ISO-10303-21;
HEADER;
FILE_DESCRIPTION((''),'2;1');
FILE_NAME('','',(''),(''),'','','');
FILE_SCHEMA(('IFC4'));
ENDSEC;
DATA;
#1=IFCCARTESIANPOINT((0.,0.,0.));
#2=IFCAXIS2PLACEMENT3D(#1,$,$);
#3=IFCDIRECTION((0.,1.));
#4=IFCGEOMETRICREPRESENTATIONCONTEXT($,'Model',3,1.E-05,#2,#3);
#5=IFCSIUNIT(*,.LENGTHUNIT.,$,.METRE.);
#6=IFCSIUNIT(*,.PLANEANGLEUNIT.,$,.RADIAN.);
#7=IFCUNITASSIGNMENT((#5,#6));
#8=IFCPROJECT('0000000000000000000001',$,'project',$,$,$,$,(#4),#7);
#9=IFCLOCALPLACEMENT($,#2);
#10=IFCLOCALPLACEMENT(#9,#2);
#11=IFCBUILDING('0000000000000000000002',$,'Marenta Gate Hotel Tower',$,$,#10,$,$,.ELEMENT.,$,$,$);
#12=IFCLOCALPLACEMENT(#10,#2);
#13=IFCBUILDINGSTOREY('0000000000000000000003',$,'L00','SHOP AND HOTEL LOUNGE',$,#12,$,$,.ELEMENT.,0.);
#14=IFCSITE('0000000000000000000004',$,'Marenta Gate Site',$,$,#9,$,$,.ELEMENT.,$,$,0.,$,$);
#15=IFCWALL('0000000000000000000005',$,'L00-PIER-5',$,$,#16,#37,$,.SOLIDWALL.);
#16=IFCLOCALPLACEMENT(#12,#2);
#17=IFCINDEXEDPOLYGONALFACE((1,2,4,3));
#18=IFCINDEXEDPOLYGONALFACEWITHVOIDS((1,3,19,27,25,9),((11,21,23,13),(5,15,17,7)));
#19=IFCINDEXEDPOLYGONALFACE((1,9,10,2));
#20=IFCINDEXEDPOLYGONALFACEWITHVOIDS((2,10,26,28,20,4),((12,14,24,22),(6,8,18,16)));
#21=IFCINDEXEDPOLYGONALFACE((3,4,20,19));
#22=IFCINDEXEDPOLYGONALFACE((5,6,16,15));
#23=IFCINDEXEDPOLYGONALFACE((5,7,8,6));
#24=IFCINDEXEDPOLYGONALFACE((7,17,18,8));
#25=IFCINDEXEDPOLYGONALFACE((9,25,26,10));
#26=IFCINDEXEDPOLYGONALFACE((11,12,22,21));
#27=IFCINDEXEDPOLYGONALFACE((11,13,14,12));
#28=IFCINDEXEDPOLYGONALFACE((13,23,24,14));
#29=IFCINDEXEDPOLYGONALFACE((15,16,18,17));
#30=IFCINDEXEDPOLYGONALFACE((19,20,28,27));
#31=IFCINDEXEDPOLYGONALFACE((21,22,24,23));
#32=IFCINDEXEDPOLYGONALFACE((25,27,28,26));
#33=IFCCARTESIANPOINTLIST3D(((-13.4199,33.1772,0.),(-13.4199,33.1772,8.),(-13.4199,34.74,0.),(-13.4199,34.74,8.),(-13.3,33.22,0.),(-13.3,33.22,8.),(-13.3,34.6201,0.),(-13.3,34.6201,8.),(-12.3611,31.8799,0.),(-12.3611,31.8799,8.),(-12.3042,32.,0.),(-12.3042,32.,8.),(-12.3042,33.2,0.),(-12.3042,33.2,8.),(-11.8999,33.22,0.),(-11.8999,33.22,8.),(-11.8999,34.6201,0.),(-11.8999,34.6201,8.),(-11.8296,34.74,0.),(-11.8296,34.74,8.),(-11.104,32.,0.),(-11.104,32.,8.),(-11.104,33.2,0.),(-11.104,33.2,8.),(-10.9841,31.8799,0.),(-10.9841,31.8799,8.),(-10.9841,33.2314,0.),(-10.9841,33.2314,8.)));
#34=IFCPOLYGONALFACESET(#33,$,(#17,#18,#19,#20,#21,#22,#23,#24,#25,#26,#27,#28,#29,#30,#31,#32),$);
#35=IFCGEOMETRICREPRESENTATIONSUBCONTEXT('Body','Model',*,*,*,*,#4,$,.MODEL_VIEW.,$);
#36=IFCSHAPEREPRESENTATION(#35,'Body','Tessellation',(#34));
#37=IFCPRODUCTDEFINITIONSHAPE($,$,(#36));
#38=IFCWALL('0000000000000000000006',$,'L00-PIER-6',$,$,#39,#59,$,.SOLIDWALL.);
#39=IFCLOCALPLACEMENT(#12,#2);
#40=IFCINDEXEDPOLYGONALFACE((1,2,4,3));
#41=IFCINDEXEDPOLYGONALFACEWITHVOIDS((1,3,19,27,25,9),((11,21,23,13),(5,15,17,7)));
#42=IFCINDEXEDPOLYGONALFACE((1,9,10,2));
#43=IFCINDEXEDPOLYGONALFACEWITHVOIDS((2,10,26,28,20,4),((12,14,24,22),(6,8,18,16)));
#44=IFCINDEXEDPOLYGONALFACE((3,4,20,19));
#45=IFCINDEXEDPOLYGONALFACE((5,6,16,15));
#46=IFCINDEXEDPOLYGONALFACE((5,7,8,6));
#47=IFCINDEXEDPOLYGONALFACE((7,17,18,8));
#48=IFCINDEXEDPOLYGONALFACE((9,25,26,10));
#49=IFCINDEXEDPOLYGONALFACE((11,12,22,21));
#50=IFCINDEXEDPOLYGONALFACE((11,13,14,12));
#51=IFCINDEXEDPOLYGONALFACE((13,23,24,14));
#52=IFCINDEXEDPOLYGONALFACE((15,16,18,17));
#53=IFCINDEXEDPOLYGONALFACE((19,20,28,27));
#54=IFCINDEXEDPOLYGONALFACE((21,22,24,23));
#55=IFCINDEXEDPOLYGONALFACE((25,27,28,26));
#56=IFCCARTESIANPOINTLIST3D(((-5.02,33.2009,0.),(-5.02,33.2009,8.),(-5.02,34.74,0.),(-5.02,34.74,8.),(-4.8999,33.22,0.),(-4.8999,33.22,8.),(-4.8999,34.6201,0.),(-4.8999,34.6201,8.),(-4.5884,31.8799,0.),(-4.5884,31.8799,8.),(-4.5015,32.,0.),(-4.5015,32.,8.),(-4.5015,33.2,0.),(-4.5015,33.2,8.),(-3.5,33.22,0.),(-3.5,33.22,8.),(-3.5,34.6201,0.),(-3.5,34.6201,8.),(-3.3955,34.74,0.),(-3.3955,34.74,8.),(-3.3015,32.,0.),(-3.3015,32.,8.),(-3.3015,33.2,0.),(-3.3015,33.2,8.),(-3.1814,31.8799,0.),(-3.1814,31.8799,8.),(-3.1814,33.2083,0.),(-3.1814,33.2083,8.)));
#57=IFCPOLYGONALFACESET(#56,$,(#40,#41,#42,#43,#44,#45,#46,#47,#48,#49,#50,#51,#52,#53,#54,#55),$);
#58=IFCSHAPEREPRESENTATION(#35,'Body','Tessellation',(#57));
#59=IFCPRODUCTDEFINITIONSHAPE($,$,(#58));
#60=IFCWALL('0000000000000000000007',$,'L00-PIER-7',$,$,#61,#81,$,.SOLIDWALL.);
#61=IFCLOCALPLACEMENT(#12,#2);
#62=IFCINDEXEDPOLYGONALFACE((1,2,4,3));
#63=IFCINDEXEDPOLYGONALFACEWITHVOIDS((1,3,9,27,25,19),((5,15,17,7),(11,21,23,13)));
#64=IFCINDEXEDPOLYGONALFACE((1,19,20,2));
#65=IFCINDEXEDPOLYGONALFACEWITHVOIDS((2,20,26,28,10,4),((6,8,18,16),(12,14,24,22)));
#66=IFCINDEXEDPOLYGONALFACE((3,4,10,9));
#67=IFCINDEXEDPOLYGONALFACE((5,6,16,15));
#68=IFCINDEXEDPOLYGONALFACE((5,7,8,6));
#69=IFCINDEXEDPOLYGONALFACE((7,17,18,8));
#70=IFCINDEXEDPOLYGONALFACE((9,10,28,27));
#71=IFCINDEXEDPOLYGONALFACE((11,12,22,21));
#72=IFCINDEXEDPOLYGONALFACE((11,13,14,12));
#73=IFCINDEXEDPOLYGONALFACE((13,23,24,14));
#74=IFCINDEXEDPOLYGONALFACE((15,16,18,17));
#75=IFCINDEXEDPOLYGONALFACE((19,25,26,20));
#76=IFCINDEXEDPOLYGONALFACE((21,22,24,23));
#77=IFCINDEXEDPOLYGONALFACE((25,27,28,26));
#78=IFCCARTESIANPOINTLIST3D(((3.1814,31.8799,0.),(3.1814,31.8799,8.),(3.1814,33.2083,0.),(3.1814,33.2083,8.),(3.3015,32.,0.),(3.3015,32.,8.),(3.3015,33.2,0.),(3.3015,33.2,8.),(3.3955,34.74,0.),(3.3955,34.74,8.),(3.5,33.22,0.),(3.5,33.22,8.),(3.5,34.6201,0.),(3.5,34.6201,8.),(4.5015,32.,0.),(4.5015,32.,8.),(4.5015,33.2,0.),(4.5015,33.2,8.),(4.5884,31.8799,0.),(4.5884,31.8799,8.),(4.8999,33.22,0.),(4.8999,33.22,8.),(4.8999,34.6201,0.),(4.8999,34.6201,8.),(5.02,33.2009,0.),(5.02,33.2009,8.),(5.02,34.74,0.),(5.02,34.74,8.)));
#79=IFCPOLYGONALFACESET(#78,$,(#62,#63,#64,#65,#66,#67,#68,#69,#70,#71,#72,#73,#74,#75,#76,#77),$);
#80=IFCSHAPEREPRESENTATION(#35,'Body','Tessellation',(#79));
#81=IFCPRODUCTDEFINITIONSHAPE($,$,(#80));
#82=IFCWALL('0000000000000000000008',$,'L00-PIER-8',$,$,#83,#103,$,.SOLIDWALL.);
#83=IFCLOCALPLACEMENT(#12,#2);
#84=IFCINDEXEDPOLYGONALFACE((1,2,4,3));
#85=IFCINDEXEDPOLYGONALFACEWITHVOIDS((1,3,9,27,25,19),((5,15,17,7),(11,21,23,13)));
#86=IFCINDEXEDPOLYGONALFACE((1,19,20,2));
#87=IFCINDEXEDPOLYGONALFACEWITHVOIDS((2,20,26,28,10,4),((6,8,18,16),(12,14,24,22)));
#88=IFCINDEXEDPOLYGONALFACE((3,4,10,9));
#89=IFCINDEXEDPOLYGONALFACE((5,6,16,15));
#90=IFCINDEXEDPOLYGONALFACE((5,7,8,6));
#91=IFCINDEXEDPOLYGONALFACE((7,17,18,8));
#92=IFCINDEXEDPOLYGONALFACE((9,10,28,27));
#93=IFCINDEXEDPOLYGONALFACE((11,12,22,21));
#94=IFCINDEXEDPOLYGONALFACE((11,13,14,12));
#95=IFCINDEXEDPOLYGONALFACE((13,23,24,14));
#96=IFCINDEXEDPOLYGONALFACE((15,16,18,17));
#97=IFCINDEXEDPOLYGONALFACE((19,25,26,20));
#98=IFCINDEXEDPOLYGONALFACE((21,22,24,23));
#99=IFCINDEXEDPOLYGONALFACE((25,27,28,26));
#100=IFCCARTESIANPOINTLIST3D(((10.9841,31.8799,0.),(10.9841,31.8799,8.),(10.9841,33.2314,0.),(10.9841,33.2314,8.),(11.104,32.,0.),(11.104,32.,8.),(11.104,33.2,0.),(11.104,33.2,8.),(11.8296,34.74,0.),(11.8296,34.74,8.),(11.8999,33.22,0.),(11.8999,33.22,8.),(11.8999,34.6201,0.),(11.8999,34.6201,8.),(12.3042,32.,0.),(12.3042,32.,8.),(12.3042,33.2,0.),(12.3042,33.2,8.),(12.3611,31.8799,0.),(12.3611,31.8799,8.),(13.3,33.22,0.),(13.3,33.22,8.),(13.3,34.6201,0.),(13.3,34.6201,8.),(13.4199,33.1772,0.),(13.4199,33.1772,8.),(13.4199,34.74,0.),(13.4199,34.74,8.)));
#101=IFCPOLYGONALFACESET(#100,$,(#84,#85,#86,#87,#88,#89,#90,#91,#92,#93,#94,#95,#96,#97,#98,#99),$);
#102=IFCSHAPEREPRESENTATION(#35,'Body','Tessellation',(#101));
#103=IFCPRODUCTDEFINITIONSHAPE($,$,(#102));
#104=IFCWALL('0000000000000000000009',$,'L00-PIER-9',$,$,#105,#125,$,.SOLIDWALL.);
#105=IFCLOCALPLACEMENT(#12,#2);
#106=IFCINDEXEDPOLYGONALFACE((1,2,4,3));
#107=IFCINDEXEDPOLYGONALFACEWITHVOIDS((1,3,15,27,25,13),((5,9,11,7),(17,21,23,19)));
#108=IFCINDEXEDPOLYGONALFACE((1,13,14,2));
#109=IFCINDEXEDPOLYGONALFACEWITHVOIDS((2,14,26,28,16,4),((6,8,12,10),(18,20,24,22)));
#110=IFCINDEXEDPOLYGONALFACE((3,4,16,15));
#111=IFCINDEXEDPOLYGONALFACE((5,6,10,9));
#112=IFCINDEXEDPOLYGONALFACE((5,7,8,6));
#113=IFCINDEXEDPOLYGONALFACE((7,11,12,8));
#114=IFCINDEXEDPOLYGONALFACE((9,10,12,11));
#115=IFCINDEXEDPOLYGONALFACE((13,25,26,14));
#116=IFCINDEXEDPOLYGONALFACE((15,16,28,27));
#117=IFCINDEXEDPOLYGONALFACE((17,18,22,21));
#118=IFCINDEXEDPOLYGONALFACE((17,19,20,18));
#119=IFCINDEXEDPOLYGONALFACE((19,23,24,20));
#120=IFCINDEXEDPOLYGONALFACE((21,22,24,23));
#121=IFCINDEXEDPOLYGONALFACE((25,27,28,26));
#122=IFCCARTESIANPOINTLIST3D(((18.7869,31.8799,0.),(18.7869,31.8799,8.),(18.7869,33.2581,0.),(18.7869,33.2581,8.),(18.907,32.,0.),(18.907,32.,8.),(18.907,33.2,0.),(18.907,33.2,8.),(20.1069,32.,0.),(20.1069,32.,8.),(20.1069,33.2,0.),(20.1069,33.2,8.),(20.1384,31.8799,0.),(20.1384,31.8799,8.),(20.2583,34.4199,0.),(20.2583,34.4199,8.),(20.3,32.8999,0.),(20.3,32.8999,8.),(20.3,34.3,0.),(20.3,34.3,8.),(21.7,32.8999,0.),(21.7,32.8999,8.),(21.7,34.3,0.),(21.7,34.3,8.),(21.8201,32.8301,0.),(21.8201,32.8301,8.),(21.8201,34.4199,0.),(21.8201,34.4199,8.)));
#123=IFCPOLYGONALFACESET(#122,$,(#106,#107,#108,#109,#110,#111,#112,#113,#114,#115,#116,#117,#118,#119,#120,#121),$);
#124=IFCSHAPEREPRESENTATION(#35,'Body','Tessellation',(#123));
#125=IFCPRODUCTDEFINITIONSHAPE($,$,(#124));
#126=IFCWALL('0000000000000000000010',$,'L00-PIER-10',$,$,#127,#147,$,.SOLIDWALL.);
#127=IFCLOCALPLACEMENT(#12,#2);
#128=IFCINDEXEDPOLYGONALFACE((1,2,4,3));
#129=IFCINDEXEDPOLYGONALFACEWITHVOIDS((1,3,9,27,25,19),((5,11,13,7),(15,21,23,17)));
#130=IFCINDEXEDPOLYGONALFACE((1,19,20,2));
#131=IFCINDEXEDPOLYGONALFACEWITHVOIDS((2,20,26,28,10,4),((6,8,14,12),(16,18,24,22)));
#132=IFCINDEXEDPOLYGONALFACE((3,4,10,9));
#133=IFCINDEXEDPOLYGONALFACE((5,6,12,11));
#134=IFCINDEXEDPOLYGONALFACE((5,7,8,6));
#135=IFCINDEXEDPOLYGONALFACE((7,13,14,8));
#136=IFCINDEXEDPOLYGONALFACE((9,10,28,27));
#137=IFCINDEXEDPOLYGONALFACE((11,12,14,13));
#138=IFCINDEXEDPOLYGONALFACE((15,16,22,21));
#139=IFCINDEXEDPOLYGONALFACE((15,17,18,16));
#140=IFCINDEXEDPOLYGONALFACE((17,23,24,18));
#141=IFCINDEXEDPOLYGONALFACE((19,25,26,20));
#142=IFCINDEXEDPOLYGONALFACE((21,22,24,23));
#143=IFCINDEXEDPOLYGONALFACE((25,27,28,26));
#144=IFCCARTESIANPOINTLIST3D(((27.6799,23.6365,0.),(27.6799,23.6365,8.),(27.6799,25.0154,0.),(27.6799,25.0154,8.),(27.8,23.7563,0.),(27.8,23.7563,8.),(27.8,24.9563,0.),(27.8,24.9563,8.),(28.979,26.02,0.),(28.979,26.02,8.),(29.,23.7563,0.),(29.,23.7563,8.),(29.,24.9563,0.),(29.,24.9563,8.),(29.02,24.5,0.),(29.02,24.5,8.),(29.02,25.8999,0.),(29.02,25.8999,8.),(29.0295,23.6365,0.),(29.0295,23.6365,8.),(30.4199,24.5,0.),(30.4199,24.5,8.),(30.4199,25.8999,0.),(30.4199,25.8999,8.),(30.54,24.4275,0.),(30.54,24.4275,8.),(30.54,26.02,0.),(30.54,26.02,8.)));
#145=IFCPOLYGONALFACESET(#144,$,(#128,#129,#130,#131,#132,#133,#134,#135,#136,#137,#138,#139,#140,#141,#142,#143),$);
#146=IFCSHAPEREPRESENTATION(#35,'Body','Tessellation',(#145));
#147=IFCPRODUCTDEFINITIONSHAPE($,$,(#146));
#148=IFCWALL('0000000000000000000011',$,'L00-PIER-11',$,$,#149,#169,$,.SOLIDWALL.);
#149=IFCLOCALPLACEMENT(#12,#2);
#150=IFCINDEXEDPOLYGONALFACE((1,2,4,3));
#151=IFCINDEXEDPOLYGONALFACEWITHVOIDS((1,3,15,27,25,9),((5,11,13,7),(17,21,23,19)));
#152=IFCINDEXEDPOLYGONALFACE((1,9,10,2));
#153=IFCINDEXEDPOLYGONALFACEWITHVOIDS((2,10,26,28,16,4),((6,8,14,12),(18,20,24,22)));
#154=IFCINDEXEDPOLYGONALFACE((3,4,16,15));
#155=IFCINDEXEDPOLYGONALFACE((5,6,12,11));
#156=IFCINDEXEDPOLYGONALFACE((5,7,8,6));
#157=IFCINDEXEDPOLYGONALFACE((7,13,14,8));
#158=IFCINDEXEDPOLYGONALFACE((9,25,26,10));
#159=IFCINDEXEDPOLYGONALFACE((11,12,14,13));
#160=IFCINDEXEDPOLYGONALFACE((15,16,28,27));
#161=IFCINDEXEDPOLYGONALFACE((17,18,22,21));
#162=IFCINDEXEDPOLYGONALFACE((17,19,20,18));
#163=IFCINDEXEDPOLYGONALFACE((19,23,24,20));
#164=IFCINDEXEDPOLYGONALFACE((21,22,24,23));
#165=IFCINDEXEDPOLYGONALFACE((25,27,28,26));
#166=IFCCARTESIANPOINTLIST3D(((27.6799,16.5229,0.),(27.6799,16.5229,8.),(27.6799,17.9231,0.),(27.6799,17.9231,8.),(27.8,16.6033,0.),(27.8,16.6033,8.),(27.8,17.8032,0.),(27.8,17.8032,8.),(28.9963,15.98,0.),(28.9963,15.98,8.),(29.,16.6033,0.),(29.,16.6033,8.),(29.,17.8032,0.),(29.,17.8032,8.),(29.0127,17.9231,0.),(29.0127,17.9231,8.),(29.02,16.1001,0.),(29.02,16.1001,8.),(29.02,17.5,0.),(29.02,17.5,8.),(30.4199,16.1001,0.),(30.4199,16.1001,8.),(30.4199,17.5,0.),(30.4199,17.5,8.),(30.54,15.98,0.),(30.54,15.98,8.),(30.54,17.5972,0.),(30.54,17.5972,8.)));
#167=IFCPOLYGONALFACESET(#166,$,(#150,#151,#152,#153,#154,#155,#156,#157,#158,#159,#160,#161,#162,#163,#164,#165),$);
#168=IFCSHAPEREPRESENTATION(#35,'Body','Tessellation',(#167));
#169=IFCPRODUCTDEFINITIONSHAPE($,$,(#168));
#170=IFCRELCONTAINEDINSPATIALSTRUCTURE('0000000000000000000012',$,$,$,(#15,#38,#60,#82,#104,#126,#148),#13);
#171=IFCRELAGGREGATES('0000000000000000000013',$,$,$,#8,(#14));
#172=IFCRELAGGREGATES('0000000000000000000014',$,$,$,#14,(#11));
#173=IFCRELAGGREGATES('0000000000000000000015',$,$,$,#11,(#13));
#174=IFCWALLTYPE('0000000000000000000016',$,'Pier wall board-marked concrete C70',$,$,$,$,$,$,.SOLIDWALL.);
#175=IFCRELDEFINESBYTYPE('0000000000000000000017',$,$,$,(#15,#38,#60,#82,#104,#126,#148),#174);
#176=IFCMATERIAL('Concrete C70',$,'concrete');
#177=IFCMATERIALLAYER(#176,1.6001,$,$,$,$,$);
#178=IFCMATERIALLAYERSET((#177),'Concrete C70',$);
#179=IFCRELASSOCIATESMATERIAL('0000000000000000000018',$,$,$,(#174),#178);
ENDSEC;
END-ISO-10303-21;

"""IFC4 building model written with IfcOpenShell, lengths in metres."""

from ifc_helpers import new_model, si_unit, direction, origin, place, context, subcontext, project, spatial, polyline, outline, extrude, material, layer, layer_set, type_object, element, save


model = new_model("IFC4")

# Units and contexts
model_context = context("Model", 3, precision=1e-05, world=origin(), true_north=direction((0.0, 1.0)))
body_context = subcontext(model_context, "Body", "Model", "MODEL_VIEW")
ifc_project = project(units=[si_unit("LENGTHUNIT", "METRE"), si_unit("PLANEANGLEUNIT", "RADIAN")], contexts=[model_context])

# Site, building, storey
site_placement = place(None, origin())
site = spatial("IfcSite", under=ifc_project, at=site_placement, Name="Marenta Gate Site", CompositionType="ELEMENT", RefElevation=0.0)
building_placement = place(site_placement, origin())
building = spatial("IfcBuilding", under=site, at=building_placement, Name="Marenta Gate Hotel Tower", CompositionType="ELEMENT")
storey_placement = place(building_placement, origin())
storey = spatial("IfcBuildingStorey", under=building, at=storey_placement, Name="L00", Description="SHOP AND HOTEL LOUNGE", CompositionType="ELEMENT", Elevation=0.0)

# Walls
ifc_material_1 = material(Name="Concrete C70", Category="concrete")
ifc_layer_1 = layer(ifc_material_1, 1.6001)
ifc_layer_set_1 = layer_set([ifc_layer_1], Name="Concrete C70")
wall_type = type_object("IfcWallType", Name="Pier wall board-marked concrete C70", PredefinedType="SOLIDWALL", material=ifc_layer_set_1)
wall_1_placement = place(storey_placement, origin())
element("IfcWall", 1, at=wall_1_placement, inside=storey, type_object=wall_type, Name="L00-PIER-5", PredefinedType="SOLIDWALL", context=body_context, shape_type="SweptSolid", body=[
    extrude(outline(polyline([(-13.4199, 34.74), (-11.8296, 34.74), (-10.9841, 33.2314), (-10.9841, 31.8799), (-12.3611, 31.8799), (-13.4199, 33.1772), (-13.4199, 34.74)]), holes=[polyline([(-11.104, 32.0), (-11.104, 33.2), (-12.3042, 33.2), (-12.3042, 32.0), (-11.104, 32.0)]), polyline([(-11.8999, 33.22), (-11.8999, 34.6201), (-13.3, 34.6201), (-13.3, 33.22), (-11.8999, 33.22)])]), origin(), (0.0, 0.0, 1.0), 8.0),
])
wall_2_placement = place(storey_placement, origin())
element("IfcWall", 2, at=wall_2_placement, inside=storey, type_object=wall_type, Name="L00-PIER-6", PredefinedType="SOLIDWALL", context=body_context, shape_type="SweptSolid", body=[
    extrude(outline(polyline([(-5.02, 34.74), (-3.3955, 34.74), (-3.1814, 33.2083), (-3.1814, 31.8799), (-4.5884, 31.8799), (-5.02, 33.2009), (-5.02, 34.74)]), holes=[polyline([(-3.3015, 32.0), (-3.3015, 33.2), (-4.5015, 33.2), (-4.5015, 32.0), (-3.3015, 32.0)]), polyline([(-3.5, 33.22), (-3.5, 34.6201), (-4.8999, 34.6201), (-4.8999, 33.22), (-3.5, 33.22)])]), origin(), (0.0, 0.0, 1.0), 8.0),
])
wall_3_placement = place(storey_placement, origin())
element("IfcWall", 3, at=wall_3_placement, inside=storey, type_object=wall_type, Name="L00-PIER-7", PredefinedType="SOLIDWALL", context=body_context, shape_type="SweptSolid", body=[
    extrude(outline(polyline([(3.1814, 33.2083), (3.3955, 34.74), (5.02, 34.74), (5.02, 33.2009), (4.5884, 31.8799), (3.1814, 31.8799), (3.1814, 33.2083)]), holes=[polyline([(3.5, 33.22), (4.8999, 33.22), (4.8999, 34.6201), (3.5, 34.6201), (3.5, 33.22)]), polyline([(3.3015, 32.0), (4.5015, 32.0), (4.5015, 33.2), (3.3015, 33.2), (3.3015, 32.0)])]), origin(), (0.0, 0.0, 1.0), 8.0),
])
wall_4_placement = place(storey_placement, origin())
element("IfcWall", 4, at=wall_4_placement, inside=storey, type_object=wall_type, Name="L00-PIER-8", PredefinedType="SOLIDWALL", context=body_context, shape_type="SweptSolid", body=[
    extrude(outline(polyline([(11.8296, 34.74), (13.4199, 34.74), (13.4199, 33.1772), (12.3611, 31.8799), (10.9841, 31.8799), (10.9841, 33.2314), (11.8296, 34.74)]), holes=[polyline([(13.3, 33.22), (13.3, 34.6201), (11.8999, 34.6201), (11.8999, 33.22), (13.3, 33.22)]), polyline([(12.3042, 32.0), (12.3042, 33.2), (11.104, 33.2), (11.104, 32.0), (12.3042, 32.0)])]), origin(), (0.0, 0.0, 1.0), 8.0),
])
wall_5_placement = place(storey_placement, origin())
element("IfcWall", 5, at=wall_5_placement, inside=storey, type_object=wall_type, Name="L00-PIER-9", PredefinedType="SOLIDWALL", context=body_context, shape_type="SweptSolid", body=[
    extrude(outline(polyline([(20.2583, 34.4199), (21.8201, 34.4199), (21.8201, 32.8301), (20.1384, 31.8799), (18.7869, 31.8799), (18.7869, 33.2581), (20.2583, 34.4199)]), holes=[polyline([(21.7, 32.8999), (21.7, 34.3), (20.3, 34.3), (20.3, 32.8999), (21.7, 32.8999)]), polyline([(20.1069, 32.0), (20.1069, 33.2), (18.907, 33.2), (18.907, 32.0), (20.1069, 32.0)])]), origin(), (0.0, 0.0, 1.0), 8.0),
])
wall_6_placement = place(storey_placement, origin())
element("IfcWall", 6, at=wall_6_placement, inside=storey, type_object=wall_type, Name="L00-PIER-10", PredefinedType="SOLIDWALL", context=body_context, shape_type="SweptSolid", body=[
    extrude(outline(polyline([(28.979, 26.02), (30.54, 26.02), (30.54, 24.4275), (29.0295, 23.6365), (27.6799, 23.6365), (27.6799, 25.0154), (28.979, 26.02)]), holes=[polyline([(30.4199, 24.5), (30.4199, 25.8999), (29.02, 25.8999), (29.02, 24.5), (30.4199, 24.5)]), polyline([(29.0, 23.7563), (29.0, 24.9563), (27.8, 24.9563), (27.8, 23.7563), (29.0, 23.7563)])]), origin(), (0.0, 0.0, 1.0), 8.0),
])
wall_7_placement = place(storey_placement, origin())
element("IfcWall", 7, at=wall_7_placement, inside=storey, type_object=wall_type, Name="L00-PIER-11", PredefinedType="SOLIDWALL", context=body_context, shape_type="SweptSolid", body=[
    extrude(outline(polyline([(27.6799, 16.5229), (27.6799, 17.9231), (29.0127, 17.9231), (30.54, 17.5972), (30.54, 15.98), (28.9963, 15.98), (27.6799, 16.5229)]), holes=[polyline([(29.02, 16.1001), (30.4199, 16.1001), (30.4199, 17.5), (29.02, 17.5), (29.02, 16.1001)]), polyline([(27.8, 16.6033), (29.0, 16.6033), (29.0, 17.8032), (27.8, 17.8032), (27.8, 16.6033)])]), origin(), (0.0, 0.0, 1.0), 8.0),
])

save(model, "model.ifc")
